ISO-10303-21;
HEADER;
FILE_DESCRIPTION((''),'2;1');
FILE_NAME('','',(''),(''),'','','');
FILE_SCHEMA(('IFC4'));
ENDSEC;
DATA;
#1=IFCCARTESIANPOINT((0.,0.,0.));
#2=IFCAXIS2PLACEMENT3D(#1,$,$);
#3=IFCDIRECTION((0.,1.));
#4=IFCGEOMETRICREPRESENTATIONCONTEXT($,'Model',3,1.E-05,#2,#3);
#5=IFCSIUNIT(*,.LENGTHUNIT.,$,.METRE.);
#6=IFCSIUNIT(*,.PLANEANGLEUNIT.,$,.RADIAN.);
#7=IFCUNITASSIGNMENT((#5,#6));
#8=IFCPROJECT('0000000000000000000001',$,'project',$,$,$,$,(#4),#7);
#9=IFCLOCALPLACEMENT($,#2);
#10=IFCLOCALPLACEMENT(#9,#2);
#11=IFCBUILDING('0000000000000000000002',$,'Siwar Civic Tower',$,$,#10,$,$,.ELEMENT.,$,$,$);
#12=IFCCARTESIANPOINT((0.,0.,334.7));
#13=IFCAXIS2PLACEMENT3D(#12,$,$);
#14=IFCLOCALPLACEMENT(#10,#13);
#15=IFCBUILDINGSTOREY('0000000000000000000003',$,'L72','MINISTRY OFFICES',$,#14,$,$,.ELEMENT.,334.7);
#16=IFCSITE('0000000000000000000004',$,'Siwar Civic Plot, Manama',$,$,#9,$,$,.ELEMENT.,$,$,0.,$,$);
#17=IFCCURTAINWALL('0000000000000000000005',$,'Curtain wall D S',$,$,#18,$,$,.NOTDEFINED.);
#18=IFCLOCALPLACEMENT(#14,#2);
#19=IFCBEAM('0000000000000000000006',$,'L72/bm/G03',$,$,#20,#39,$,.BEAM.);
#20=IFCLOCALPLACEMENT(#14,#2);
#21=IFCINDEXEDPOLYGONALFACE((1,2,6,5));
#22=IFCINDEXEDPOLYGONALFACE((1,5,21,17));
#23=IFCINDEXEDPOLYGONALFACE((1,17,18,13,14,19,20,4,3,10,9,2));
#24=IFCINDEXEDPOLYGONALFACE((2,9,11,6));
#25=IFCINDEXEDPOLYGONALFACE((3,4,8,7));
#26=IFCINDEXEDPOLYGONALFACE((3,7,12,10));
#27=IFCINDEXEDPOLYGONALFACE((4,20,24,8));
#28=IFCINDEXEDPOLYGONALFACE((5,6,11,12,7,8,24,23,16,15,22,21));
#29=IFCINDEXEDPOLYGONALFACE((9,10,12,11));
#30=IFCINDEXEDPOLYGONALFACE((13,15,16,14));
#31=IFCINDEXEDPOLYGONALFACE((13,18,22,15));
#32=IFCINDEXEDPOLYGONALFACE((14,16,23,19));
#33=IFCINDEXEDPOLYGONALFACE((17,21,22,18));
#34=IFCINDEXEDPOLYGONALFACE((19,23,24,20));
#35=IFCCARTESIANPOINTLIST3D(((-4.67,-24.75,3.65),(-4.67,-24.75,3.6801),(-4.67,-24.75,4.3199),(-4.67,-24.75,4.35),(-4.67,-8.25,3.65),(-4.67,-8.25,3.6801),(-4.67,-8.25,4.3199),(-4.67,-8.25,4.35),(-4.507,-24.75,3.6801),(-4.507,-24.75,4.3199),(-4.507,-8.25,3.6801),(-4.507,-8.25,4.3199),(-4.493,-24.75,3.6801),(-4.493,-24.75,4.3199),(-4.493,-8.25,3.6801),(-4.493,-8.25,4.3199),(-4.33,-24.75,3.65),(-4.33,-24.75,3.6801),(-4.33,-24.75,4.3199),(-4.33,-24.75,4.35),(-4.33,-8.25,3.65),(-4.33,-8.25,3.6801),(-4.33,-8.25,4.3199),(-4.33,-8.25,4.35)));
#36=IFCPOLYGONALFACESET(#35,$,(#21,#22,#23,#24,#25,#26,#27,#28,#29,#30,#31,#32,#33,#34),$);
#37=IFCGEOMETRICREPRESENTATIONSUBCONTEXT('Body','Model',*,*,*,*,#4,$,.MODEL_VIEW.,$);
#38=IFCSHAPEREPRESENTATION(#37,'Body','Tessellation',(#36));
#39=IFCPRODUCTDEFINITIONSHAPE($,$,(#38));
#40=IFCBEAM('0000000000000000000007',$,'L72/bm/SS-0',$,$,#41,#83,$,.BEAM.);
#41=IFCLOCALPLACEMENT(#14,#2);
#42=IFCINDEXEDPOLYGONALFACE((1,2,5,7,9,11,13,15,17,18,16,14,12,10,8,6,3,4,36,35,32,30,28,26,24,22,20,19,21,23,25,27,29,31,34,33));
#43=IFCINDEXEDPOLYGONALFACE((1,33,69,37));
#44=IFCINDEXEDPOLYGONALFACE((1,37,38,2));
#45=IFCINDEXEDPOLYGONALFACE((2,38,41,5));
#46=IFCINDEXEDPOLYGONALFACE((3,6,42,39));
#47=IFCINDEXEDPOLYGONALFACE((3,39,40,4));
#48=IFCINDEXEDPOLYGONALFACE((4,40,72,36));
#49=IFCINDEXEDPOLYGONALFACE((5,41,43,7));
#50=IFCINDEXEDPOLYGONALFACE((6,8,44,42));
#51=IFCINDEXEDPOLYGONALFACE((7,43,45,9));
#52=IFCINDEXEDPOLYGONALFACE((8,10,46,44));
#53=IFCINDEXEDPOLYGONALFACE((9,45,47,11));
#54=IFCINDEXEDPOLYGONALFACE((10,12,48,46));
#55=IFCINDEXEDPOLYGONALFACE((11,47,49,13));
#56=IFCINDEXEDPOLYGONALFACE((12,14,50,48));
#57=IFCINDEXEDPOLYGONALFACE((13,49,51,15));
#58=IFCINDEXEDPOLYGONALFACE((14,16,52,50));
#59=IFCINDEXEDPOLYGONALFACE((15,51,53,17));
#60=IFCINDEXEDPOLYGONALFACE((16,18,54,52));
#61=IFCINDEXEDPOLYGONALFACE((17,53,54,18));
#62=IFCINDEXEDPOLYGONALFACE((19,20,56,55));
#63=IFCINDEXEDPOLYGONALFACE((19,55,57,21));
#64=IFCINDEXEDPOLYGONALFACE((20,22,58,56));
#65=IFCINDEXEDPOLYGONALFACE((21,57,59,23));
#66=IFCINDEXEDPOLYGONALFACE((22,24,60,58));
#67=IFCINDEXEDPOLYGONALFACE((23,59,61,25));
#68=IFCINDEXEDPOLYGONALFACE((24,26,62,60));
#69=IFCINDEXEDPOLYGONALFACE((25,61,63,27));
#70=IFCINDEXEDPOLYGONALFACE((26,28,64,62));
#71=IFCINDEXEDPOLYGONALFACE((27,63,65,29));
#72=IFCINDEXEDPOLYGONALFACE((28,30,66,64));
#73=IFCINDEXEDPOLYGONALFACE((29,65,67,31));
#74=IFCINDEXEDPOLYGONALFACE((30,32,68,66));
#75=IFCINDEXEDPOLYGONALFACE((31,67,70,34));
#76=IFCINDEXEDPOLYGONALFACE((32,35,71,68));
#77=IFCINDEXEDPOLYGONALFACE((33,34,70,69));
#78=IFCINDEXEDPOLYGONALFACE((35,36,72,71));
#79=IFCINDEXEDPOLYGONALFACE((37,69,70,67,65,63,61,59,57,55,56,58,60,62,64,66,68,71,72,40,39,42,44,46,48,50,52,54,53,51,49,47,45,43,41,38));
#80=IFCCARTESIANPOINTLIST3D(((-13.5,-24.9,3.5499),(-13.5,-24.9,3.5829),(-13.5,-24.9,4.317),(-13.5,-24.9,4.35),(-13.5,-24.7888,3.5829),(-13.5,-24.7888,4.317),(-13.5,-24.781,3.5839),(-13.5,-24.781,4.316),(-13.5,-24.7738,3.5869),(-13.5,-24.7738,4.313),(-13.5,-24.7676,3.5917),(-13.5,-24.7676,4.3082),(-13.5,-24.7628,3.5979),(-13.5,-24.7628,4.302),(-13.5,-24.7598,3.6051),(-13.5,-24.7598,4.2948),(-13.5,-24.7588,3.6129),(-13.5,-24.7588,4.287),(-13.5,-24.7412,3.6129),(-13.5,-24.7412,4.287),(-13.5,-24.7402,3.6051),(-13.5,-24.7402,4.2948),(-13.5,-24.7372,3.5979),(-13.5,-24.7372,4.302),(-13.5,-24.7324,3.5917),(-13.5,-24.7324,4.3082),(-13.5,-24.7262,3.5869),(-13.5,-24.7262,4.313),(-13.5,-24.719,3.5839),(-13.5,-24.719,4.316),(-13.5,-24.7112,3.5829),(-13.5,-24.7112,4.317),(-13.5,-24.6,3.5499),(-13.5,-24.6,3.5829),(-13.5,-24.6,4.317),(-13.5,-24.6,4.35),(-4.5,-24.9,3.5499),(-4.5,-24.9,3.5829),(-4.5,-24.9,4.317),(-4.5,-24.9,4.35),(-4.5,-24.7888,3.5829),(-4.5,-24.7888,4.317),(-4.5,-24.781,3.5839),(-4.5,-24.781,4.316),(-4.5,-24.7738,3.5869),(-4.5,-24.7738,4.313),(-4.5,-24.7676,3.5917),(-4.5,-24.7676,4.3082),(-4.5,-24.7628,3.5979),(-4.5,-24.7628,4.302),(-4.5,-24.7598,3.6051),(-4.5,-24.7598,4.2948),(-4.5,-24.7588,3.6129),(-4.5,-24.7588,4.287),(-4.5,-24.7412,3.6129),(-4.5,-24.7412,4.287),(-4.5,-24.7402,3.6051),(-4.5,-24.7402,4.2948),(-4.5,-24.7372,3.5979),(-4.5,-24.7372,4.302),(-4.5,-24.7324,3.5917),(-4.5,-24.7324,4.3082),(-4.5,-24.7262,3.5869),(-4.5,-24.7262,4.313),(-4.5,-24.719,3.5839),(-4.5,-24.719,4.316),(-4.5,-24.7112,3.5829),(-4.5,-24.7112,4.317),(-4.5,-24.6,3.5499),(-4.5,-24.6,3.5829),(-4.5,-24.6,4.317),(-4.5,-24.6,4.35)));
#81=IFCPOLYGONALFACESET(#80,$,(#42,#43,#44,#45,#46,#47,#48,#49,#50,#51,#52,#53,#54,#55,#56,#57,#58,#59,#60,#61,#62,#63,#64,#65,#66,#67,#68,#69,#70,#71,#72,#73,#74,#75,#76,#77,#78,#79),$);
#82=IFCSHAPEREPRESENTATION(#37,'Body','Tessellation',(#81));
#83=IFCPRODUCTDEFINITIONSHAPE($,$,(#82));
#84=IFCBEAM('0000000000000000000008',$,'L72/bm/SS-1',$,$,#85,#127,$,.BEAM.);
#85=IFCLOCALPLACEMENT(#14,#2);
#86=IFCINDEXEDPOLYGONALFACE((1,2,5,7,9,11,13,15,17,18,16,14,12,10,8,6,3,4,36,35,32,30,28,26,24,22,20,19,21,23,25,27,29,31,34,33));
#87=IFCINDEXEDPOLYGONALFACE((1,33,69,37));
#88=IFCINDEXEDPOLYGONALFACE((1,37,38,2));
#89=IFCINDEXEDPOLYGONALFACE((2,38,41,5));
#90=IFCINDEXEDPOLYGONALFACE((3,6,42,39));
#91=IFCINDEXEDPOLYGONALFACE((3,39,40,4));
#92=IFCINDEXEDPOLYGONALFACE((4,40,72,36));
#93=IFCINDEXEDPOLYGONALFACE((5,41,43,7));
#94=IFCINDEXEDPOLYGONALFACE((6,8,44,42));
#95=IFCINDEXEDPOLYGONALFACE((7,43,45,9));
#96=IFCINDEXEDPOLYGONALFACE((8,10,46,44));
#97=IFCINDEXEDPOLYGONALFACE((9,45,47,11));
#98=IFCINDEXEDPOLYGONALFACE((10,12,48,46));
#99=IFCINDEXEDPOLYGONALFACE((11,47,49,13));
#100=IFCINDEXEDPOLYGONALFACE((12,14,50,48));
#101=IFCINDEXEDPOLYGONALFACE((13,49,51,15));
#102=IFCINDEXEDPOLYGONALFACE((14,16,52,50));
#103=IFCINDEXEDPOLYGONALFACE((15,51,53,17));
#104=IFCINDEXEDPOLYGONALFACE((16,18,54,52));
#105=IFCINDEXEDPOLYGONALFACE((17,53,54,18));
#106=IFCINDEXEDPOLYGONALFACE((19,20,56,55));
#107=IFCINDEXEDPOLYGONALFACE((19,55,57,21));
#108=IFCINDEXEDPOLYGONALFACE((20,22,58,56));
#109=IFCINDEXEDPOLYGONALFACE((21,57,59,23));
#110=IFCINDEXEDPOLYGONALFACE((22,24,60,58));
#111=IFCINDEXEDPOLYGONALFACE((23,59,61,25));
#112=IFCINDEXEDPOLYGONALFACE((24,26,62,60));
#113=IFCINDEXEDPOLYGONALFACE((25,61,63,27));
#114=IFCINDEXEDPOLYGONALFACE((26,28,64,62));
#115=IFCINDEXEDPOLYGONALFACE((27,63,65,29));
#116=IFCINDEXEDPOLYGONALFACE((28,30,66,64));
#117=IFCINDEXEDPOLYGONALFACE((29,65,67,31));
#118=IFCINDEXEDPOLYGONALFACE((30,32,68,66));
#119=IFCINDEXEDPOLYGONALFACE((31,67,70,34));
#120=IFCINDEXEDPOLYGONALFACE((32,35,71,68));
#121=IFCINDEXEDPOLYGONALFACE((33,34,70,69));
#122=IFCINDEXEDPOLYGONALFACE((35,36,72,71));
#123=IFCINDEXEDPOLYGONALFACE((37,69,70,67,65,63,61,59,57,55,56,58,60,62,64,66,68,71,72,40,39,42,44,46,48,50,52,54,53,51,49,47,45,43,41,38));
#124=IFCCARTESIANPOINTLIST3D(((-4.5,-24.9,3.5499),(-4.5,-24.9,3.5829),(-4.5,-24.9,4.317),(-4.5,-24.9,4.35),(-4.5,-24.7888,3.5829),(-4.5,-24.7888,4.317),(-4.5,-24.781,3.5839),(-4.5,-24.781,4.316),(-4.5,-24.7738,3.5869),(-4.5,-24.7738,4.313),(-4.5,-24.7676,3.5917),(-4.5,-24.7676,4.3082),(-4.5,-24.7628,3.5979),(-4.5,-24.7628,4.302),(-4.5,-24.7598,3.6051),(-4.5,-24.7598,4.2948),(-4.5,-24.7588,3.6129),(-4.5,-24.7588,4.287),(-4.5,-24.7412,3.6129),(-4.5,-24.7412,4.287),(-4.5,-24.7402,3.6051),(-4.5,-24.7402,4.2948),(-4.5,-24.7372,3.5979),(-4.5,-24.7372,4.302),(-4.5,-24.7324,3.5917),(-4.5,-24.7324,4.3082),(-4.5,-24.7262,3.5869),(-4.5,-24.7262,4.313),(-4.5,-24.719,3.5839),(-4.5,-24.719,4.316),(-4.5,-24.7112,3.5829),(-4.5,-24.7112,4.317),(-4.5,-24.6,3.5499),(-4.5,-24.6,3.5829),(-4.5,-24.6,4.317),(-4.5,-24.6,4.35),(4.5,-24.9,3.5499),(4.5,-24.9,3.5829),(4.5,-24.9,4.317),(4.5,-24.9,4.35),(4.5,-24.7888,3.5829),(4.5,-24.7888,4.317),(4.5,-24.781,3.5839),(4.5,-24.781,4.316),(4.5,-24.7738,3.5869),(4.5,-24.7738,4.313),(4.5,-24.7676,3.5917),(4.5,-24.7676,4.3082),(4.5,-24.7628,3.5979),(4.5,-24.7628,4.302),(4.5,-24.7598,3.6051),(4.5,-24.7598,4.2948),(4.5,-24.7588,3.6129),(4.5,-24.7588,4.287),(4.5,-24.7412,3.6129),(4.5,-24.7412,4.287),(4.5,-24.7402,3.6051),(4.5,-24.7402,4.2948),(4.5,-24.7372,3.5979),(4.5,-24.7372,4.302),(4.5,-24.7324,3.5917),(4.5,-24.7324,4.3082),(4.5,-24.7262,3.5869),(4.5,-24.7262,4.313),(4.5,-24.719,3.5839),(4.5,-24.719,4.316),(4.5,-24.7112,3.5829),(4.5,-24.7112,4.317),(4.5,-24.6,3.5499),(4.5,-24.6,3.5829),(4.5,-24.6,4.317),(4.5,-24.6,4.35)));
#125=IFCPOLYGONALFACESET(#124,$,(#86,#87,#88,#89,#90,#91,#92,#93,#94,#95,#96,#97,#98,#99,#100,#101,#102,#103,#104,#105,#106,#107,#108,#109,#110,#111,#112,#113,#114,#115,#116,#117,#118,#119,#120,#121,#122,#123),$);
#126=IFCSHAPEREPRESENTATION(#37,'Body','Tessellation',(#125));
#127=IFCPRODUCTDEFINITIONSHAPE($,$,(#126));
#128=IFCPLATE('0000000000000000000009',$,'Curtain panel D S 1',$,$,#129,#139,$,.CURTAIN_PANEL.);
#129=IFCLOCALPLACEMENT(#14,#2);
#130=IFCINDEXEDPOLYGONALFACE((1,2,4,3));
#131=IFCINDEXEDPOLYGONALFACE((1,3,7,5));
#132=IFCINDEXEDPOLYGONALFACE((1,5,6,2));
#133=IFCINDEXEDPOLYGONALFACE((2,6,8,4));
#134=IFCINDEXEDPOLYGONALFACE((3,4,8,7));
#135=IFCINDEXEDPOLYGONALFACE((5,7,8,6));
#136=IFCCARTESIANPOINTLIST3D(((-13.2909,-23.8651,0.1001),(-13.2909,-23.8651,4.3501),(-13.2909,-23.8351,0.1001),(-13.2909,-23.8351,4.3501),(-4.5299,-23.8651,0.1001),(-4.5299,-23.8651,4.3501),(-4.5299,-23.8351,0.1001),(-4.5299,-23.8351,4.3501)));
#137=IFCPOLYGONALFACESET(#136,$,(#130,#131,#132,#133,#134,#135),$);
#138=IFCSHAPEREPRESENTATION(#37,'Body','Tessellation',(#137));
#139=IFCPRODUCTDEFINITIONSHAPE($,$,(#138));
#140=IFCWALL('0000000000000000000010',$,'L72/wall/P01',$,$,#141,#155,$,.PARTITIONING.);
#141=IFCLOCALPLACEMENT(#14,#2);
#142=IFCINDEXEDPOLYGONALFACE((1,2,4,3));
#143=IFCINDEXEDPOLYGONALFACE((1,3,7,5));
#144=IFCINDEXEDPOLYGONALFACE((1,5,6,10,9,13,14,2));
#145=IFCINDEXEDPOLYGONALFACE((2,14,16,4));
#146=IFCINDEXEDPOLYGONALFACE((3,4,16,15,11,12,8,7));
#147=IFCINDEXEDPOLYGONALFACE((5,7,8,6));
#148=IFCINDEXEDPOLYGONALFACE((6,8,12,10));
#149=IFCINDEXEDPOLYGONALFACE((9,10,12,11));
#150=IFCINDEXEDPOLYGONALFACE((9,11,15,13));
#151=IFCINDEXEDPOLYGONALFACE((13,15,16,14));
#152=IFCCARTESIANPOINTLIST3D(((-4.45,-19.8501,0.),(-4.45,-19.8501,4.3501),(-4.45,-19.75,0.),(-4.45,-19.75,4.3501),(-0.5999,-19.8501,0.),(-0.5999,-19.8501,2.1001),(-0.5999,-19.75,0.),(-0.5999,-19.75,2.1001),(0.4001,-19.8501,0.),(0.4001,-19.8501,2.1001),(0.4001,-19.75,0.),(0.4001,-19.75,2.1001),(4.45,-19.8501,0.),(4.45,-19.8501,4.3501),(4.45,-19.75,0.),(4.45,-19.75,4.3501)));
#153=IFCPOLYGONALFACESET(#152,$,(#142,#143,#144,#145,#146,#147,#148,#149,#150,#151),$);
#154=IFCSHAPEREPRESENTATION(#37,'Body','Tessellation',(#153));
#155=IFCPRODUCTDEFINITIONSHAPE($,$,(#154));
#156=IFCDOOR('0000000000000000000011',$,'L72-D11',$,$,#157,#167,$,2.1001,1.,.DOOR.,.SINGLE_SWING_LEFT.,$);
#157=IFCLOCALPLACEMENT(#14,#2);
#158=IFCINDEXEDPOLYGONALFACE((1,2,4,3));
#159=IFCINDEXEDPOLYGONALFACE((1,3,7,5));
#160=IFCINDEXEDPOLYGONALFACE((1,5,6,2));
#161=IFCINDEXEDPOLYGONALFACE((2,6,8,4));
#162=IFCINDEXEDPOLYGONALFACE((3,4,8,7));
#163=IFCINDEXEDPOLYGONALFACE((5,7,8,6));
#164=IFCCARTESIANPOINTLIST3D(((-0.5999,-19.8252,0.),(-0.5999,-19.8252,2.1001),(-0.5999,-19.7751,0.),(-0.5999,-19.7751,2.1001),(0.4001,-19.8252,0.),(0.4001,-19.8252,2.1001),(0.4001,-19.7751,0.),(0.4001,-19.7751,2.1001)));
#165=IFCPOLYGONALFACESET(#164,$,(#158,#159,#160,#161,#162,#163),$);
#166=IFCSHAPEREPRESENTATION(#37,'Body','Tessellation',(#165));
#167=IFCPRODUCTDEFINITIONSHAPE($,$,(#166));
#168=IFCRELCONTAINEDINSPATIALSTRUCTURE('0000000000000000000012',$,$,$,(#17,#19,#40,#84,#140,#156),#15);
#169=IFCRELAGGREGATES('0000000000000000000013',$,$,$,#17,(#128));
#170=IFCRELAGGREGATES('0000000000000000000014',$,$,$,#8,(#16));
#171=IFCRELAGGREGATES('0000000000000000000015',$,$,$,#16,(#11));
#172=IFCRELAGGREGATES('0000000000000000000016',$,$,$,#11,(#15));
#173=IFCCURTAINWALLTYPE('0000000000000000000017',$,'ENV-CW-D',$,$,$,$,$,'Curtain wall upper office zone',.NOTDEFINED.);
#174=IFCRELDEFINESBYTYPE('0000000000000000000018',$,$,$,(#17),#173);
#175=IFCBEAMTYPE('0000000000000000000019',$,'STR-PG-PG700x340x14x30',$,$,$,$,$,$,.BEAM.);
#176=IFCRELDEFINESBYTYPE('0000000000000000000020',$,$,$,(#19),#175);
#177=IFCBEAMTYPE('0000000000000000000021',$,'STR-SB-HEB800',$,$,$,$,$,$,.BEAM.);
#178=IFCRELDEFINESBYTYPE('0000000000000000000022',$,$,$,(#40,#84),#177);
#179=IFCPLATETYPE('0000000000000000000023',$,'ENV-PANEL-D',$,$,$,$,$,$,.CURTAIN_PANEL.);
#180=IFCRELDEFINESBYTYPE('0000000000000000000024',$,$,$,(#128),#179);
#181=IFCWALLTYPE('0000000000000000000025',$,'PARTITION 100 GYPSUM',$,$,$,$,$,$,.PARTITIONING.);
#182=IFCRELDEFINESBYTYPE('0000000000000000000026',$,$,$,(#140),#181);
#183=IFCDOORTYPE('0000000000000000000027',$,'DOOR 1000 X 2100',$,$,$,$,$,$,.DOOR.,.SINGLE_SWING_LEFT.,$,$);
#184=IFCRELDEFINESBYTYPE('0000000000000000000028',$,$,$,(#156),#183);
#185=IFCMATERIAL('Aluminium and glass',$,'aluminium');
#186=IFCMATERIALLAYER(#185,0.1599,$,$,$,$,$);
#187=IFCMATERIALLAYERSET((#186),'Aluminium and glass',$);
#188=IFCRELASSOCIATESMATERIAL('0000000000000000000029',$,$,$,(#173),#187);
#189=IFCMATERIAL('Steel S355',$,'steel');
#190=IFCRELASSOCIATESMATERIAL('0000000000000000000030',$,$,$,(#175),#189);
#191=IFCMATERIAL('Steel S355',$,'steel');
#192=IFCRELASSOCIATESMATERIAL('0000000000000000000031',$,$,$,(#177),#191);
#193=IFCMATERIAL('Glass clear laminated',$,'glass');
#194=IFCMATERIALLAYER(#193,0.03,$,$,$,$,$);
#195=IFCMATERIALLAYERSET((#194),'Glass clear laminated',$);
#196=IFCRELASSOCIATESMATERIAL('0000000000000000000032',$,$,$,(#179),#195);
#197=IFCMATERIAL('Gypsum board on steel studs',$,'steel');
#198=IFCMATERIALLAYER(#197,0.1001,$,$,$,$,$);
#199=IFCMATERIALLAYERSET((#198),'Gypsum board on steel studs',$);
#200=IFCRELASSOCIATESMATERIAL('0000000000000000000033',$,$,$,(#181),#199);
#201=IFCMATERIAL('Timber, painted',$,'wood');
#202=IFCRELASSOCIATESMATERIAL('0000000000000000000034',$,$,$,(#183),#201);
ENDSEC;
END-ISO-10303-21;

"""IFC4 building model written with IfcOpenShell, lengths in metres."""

from ifc_helpers import new_model, si_unit, direction, frame, frame_2d, origin, origin_2d, place, context, subcontext, project, spatial, rectangle, i_section, extrude, material, layer, layer_set, material_profile, profile_set, type_object, element, fill, aggregate, save


model = new_model("IFC4")

# Units and contexts
model_context = context("Model", 3, precision=1e-05, world=origin(), true_north=direction((0.0, 1.0)))
body_context = subcontext(model_context, "Body", "Model", "MODEL_VIEW")
ifc_project = project(units=[si_unit("LENGTHUNIT", "METRE"), si_unit("PLANEANGLEUNIT", "RADIAN")], contexts=[model_context])

# Site, building, storey
site_placement = place(None, origin())
site = spatial("IfcSite", under=ifc_project, at=site_placement, Name="Siwar Civic Plot, Manama", CompositionType="ELEMENT", RefElevation=0.0)
building_placement = place(site_placement, origin())
building = spatial("IfcBuilding", under=site, at=building_placement, Name="Siwar Civic Tower", CompositionType="ELEMENT")
storey_placement = place(building_placement, frame((0.0, 0.0, 334.7)))
storey = spatial("IfcBuildingStorey", under=building, at=storey_placement, Name="L72", Description="MINISTRY OFFICES", CompositionType="ELEMENT", Elevation=334.7)

# Curtain wall
ifc_material_1 = material(Name="Aluminium and glass", Category="aluminium")
ifc_layer_1 = layer(ifc_material_1, 0.1599)
ifc_layer_set_1 = layer_set([ifc_layer_1], Name="Aluminium and glass")
curtain_wall_type = type_object("IfcCurtainWallType", Name="ENV-CW-D", ElementType="Curtain wall upper office zone", PredefinedType="NOTDEFINED", material=ifc_layer_set_1)
curtain_wall_placement = place(storey_placement, origin())
curtain_wall = element("IfcCurtainWall", 1, at=curtain_wall_placement, inside=storey, type_object=curtain_wall_type, Name="Curtain wall D S", PredefinedType="NOTDEFINED")

# Beams
ifc_material_2 = material(Name="Steel S355", Category="steel")
ifc_material_profile_1 = material_profile(ifc_material_2, i_section(OverallWidth=0.3401, OverallDepth=0.7, WebThickness=0.0139, FlangeThickness=0.03, at=origin_2d()), Name="PG700x340x14x30")
ifc_profile_set_1 = profile_set([ifc_material_profile_1], Name="Steel S355")
beam_type_1 = type_object("IfcBeamType", Name="STR-PG-PG700x340x14x30", PredefinedType="BEAM", material=ifc_profile_set_1)
beam_1_placement = place(storey_placement, frame((-4.5, -24.75, 4.0), z_axis=(0.0, 1.0, 0.0), x_axis=(-1.0, 0.0, 0.0)))
element("IfcBeam", 2, at=beam_1_placement, inside=storey, type_object=beam_type_1, Name="L72/bm/G03", PredefinedType="BEAM", context=body_context, shape_type="SweptSolid", body=[
    extrude(i_section(OverallWidth=0.3401, OverallDepth=0.7, WebThickness=0.0139, FlangeThickness=0.03, at=origin_2d()), origin(), (0.0, 0.0, 1.0), 16.5),
])
ifc_material_3 = material(Name="Steel S355", Category="steel")
ifc_material_profile_2 = material_profile(ifc_material_3, i_section(OverallWidth=0.3, OverallDepth=0.8, WebThickness=0.0176, FlangeThickness=0.033, FilletRadius=0.03, at=origin_2d()), Name="HEB800")
ifc_profile_set_2 = profile_set([ifc_material_profile_2], Name="Steel S355")
beam_type_2 = type_object("IfcBeamType", Name="STR-SB-HEB800", PredefinedType="BEAM", material=ifc_profile_set_2)
for number, where, z_axis, x_axis, name in (
    (3, (-13.5, -24.75, 3.95), (1.0, 0.0, 0.0), (0.0, 1.0, 0.0), "L72/bm/SS-0"),
    (4, (-4.5, -24.75, 3.95), (1.0, 0.0, 0.0), (0.0, 1.0, 0.0), "L72/bm/SS-1"),
):
    element("IfcBeam", number, at=place(storey_placement, frame(where, z_axis=z_axis, x_axis=x_axis)), inside=storey, type_object=beam_type_2, Name=name, PredefinedType="BEAM", context=body_context, shape_type="SweptSolid", body=[
        extrude(i_section(OverallWidth=0.3, OverallDepth=0.8, WebThickness=0.0176, FlangeThickness=0.033, FilletRadius=0.03, at=origin_2d()), origin(), (0.0, 0.0, 1.0), 9.0),
    ])

# Plate
ifc_material_4 = material(Name="Glass clear laminated", Category="glass")
ifc_layer_2 = layer(ifc_material_4, 0.03)
ifc_layer_set_2 = layer_set([ifc_layer_2], Name="Glass clear laminated")
plate_type = type_object("IfcPlateType", Name="ENV-PANEL-D", PredefinedType="CURTAIN_PANEL", material=ifc_layer_set_2)
plate_placement = place(storey_placement, frame((-8.9104, -23.8501, 0.1001), z_axis=(0.0, 0.0, 1.0), x_axis=(1.0, 0.0, 0.0)))
plate = element("IfcPlate", 5, at=plate_placement, type_object=plate_type, Name="Curtain panel D S 1", PredefinedType="CURTAIN_PANEL", context=body_context, shape_type="SweptSolid", body=[
    extrude(rectangle(XDim=8.761, YDim=0.03, at=origin_2d()), origin(), (0.0, 0.0, 1.0), 4.25),
])
aggregate(curtain_wall, [plate])

# Wall, opening, door
ifc_material_5 = material(Name="Gypsum board on steel studs", Category="steel")
ifc_layer_3 = layer(ifc_material_5, 0.1001)
ifc_layer_set_3 = layer_set([ifc_layer_3], Name="Gypsum board on steel studs")
wall_type = type_object("IfcWallType", Name="PARTITION 100 GYPSUM", PredefinedType="PARTITIONING", material=ifc_layer_set_3)
wall_1_placement = place(storey_placement, frame((-4.45, -19.8, 0.0), z_axis=(0.0, 0.0, 1.0), x_axis=(1.0, 0.0, 0.0)))
wall_1 = element("IfcWall", 6, at=wall_1_placement, inside=storey, type_object=wall_type, Name="L72/wall/P01", PredefinedType="PARTITIONING", context=body_context, shape_type="SweptSolid", body=[
    extrude(rectangle(XDim=8.8999, YDim=0.1001, at=frame_2d((4.45, 0.0))), origin(), (0.0, 0.0, 1.0), 4.3501),
])
opening_1_placement = place(wall_1_placement, frame((3.8501, 0.0, 0.0)))
opening_1 = element("IfcOpeningElement", 7, at=opening_1_placement, cuts=wall_1, PredefinedType="OPENING", context=body_context, shape_type="SweptSolid", body=[
    extrude(rectangle(XDim=1.0, YDim=2.1001, at=frame_2d((0.5, 1.05))), frame((0.0, 0.0601, 0.0), z_axis=(0.0, -1.0, 0.0), x_axis=(1.0, 0.0, 0.0)), (0.0, 0.0, 1.0), 0.1201),
])
ifc_material_6 = material(Name="Timber, painted", Category="wood")
door_type = type_object("IfcDoorType", Name="DOOR 1000 X 2100", OperationType="SINGLE_SWING_LEFT", PredefinedType="DOOR", material=ifc_material_6)
door_1_placement = place(opening_1_placement, origin())
door_1 = element("IfcDoor", 8, at=door_1_placement, inside=storey, type_object=door_type, Name="L72-D11", OperationType="SINGLE_SWING_LEFT", OverallHeight=2.1001, OverallWidth=1.0, PredefinedType="DOOR", context=body_context, shape_type="SweptSolid", body=[
    extrude(rectangle(XDim=1.0, YDim=2.1001, at=frame_2d((0.5, 1.05))), frame((0.0, 0.0249, 0.0), z_axis=(0.0, -1.0, 0.0), x_axis=(1.0, 0.0, 0.0)), (0.0, 0.0, 1.0), 0.05),
])
fill(opening_1, door_1)

save(model, "model.ifc")
